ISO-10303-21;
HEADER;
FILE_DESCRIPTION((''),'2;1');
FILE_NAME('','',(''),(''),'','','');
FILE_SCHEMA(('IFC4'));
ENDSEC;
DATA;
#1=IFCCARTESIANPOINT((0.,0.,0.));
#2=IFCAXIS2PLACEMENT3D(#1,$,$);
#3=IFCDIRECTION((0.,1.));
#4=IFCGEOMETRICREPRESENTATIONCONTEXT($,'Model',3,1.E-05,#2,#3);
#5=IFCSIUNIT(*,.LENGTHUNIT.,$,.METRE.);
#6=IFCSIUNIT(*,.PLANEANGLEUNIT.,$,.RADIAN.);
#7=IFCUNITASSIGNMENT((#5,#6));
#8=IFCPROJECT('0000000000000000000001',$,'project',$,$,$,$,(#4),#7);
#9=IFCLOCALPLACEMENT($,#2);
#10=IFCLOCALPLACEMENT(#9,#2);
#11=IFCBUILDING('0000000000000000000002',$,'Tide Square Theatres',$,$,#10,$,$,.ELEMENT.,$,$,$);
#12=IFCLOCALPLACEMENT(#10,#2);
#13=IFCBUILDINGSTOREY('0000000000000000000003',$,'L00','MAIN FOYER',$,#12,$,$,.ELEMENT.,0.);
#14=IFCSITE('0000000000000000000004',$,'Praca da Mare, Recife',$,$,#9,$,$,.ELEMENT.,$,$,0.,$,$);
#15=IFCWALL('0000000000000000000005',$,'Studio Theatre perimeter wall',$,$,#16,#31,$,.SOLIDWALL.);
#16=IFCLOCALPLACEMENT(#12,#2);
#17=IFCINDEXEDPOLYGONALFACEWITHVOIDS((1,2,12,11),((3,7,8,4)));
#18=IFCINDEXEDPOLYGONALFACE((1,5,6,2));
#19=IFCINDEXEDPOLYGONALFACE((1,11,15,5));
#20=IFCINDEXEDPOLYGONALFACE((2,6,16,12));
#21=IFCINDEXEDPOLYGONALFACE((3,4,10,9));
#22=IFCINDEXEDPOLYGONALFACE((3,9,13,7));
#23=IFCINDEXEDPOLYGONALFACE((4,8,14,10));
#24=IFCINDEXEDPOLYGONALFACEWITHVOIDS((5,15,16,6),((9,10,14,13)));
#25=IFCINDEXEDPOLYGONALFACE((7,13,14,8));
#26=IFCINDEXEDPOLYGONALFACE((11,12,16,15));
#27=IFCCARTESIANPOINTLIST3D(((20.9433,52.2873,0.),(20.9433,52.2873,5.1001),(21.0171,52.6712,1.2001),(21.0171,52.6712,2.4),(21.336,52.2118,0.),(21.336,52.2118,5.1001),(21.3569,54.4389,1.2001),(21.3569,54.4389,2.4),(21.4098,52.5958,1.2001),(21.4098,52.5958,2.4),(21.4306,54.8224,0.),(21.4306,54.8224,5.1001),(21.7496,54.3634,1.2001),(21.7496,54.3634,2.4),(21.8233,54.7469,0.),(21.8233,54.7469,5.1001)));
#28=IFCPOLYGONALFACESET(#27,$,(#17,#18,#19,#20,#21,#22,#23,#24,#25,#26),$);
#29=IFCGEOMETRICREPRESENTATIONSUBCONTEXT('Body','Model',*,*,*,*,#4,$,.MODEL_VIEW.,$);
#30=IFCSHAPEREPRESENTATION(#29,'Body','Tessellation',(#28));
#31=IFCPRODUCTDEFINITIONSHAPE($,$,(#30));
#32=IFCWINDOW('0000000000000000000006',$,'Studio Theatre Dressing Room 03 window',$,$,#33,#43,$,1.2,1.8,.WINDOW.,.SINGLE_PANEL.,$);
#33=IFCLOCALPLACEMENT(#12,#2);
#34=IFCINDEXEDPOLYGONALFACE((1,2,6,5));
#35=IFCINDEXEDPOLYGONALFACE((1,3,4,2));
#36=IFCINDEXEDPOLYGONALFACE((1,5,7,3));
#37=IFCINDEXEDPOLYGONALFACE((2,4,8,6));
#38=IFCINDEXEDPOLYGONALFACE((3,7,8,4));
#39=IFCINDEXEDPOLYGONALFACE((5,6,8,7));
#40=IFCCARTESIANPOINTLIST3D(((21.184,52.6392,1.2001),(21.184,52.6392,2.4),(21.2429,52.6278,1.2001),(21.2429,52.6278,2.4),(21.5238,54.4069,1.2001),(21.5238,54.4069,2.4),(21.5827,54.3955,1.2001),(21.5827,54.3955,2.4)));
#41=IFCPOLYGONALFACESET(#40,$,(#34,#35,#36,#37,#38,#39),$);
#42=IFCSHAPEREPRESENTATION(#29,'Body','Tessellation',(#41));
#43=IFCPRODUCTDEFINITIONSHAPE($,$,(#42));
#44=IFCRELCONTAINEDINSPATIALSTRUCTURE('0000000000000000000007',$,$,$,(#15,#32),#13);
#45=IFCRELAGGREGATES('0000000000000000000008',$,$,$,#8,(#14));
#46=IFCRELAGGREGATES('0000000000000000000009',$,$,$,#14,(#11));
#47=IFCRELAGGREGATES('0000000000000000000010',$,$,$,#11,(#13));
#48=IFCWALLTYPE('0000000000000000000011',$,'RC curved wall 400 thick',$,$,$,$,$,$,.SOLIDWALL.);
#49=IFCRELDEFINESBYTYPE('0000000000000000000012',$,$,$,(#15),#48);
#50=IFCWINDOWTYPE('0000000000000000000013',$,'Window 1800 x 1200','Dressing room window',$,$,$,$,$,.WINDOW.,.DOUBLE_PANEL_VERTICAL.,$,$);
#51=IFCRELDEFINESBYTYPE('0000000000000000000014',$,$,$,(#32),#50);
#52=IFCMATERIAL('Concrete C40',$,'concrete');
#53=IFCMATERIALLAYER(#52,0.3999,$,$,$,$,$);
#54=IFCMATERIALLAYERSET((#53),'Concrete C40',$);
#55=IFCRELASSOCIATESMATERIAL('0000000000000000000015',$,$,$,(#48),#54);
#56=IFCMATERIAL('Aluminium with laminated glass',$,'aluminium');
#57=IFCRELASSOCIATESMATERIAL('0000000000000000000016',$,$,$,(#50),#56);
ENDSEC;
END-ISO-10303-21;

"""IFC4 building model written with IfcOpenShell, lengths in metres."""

from ifc_helpers import new_model, si_unit, direction, frame, frame_2d, origin, place, context, subcontext, project, spatial, rectangle, extrude, material, layer, layer_set, type_object, element, fill, save


model = new_model("IFC4")

# Units and contexts
model_context = context("Model", 3, precision=1e-05, world=origin(), true_north=direction((0.0, 1.0)))
body_context = subcontext(model_context, "Body", "Model", "MODEL_VIEW")
ifc_project = project(units=[si_unit("LENGTHUNIT", "METRE"), si_unit("PLANEANGLEUNIT", "RADIAN")], contexts=[model_context])

# Site, building, storey
site_placement = place(None, origin())
site = spatial("IfcSite", under=ifc_project, at=site_placement, Name="Praca da Mare, Recife", CompositionType="ELEMENT", RefElevation=0.0)
building_placement = place(site_placement, origin())
building = spatial("IfcBuilding", under=site, at=building_placement, Name="Tide Square Theatres", CompositionType="ELEMENT")
storey_placement = place(building_placement, origin())
storey = spatial("IfcBuildingStorey", under=building, at=storey_placement, Name="L00", Description="MAIN FOYER", CompositionType="ELEMENT", Elevation=0.0)

# Wall, opening, window
ifc_material_1 = material(Name="Concrete C40", Category="concrete")
ifc_layer_1 = layer(ifc_material_1, 0.3999)
ifc_layer_set_1 = layer_set([ifc_layer_1], Name="Concrete C40")
wall_type_1 = type_object("IfcWallType", Name="RC curved wall 400 thick", PredefinedType="SOLIDWALL", material=ifc_layer_set_1)
ifc_material_2 = material(Name="Aluminium with laminated glass", Category="aluminium")
window_type = type_object("IfcWindowType", Name="Window 1800 x 1200", Description="Dressing room window", PartitioningType="DOUBLE_PANEL_VERTICAL", PredefinedType="WINDOW", material=ifc_material_2)
wall_1_placement = place(storey_placement, frame((21.627, 54.7847, 0.0), z_axis=(0.0, 0.0, 1.0), x_axis=(-0.188763, -0.982023, 0.0)))
wall_1 = element("IfcWall", 1, at=wall_1_placement, inside=storey, type_object=wall_type_1, Name="Studio Theatre perimeter wall", PredefinedType="SOLIDWALL", context=body_context, shape_type="SweptSolid", body=[
    extrude(rectangle(XDim=2.5815, YDim=0.3999, at=frame_2d((1.2908, 0.0))), origin(), (0.0, 0.0, 1.0), 5.1001),
])
opening_1_placement = place(wall_1_placement, frame((0.3906, 0.0, 1.2)))
opening_1 = element("IfcOpeningElement", 2, at=opening_1_placement, cuts=wall_1, PredefinedType="OPENING", context=body_context, shape_type="SweptSolid", body=[
    extrude(rectangle(XDim=1.8, YDim=1.2, at=frame_2d((0.8999, 0.6001))), frame((0.0, 0.21, 0.0), z_axis=(0.0, -1.0, 0.0), x_axis=(1.0, 0.0, 0.0)), (0.0, 0.0, 1.0), 0.4199),
])
window_1_placement = place(opening_1_placement, origin())
window_1 = element("IfcWindow", 3, at=window_1_placement, inside=storey, type_object=window_type, Name="Studio Theatre Dressing Room 03 window", OverallHeight=1.2, OverallWidth=1.8, PartitioningType="SINGLE_PANEL", PredefinedType="WINDOW", context=body_context, shape_type="SweptSolid", body=[
    extrude(rectangle(XDim=1.8, YDim=1.2, at=frame_2d((0.8999, 0.6001))), frame((0.0, 0.03, 0.0), z_axis=(0.0, -1.0, 0.0), x_axis=(1.0, 0.0, 0.0)), (0.0, 0.0, 1.0), 0.0601),
])
fill(opening_1, window_1)

save(model, "model.ifc")
